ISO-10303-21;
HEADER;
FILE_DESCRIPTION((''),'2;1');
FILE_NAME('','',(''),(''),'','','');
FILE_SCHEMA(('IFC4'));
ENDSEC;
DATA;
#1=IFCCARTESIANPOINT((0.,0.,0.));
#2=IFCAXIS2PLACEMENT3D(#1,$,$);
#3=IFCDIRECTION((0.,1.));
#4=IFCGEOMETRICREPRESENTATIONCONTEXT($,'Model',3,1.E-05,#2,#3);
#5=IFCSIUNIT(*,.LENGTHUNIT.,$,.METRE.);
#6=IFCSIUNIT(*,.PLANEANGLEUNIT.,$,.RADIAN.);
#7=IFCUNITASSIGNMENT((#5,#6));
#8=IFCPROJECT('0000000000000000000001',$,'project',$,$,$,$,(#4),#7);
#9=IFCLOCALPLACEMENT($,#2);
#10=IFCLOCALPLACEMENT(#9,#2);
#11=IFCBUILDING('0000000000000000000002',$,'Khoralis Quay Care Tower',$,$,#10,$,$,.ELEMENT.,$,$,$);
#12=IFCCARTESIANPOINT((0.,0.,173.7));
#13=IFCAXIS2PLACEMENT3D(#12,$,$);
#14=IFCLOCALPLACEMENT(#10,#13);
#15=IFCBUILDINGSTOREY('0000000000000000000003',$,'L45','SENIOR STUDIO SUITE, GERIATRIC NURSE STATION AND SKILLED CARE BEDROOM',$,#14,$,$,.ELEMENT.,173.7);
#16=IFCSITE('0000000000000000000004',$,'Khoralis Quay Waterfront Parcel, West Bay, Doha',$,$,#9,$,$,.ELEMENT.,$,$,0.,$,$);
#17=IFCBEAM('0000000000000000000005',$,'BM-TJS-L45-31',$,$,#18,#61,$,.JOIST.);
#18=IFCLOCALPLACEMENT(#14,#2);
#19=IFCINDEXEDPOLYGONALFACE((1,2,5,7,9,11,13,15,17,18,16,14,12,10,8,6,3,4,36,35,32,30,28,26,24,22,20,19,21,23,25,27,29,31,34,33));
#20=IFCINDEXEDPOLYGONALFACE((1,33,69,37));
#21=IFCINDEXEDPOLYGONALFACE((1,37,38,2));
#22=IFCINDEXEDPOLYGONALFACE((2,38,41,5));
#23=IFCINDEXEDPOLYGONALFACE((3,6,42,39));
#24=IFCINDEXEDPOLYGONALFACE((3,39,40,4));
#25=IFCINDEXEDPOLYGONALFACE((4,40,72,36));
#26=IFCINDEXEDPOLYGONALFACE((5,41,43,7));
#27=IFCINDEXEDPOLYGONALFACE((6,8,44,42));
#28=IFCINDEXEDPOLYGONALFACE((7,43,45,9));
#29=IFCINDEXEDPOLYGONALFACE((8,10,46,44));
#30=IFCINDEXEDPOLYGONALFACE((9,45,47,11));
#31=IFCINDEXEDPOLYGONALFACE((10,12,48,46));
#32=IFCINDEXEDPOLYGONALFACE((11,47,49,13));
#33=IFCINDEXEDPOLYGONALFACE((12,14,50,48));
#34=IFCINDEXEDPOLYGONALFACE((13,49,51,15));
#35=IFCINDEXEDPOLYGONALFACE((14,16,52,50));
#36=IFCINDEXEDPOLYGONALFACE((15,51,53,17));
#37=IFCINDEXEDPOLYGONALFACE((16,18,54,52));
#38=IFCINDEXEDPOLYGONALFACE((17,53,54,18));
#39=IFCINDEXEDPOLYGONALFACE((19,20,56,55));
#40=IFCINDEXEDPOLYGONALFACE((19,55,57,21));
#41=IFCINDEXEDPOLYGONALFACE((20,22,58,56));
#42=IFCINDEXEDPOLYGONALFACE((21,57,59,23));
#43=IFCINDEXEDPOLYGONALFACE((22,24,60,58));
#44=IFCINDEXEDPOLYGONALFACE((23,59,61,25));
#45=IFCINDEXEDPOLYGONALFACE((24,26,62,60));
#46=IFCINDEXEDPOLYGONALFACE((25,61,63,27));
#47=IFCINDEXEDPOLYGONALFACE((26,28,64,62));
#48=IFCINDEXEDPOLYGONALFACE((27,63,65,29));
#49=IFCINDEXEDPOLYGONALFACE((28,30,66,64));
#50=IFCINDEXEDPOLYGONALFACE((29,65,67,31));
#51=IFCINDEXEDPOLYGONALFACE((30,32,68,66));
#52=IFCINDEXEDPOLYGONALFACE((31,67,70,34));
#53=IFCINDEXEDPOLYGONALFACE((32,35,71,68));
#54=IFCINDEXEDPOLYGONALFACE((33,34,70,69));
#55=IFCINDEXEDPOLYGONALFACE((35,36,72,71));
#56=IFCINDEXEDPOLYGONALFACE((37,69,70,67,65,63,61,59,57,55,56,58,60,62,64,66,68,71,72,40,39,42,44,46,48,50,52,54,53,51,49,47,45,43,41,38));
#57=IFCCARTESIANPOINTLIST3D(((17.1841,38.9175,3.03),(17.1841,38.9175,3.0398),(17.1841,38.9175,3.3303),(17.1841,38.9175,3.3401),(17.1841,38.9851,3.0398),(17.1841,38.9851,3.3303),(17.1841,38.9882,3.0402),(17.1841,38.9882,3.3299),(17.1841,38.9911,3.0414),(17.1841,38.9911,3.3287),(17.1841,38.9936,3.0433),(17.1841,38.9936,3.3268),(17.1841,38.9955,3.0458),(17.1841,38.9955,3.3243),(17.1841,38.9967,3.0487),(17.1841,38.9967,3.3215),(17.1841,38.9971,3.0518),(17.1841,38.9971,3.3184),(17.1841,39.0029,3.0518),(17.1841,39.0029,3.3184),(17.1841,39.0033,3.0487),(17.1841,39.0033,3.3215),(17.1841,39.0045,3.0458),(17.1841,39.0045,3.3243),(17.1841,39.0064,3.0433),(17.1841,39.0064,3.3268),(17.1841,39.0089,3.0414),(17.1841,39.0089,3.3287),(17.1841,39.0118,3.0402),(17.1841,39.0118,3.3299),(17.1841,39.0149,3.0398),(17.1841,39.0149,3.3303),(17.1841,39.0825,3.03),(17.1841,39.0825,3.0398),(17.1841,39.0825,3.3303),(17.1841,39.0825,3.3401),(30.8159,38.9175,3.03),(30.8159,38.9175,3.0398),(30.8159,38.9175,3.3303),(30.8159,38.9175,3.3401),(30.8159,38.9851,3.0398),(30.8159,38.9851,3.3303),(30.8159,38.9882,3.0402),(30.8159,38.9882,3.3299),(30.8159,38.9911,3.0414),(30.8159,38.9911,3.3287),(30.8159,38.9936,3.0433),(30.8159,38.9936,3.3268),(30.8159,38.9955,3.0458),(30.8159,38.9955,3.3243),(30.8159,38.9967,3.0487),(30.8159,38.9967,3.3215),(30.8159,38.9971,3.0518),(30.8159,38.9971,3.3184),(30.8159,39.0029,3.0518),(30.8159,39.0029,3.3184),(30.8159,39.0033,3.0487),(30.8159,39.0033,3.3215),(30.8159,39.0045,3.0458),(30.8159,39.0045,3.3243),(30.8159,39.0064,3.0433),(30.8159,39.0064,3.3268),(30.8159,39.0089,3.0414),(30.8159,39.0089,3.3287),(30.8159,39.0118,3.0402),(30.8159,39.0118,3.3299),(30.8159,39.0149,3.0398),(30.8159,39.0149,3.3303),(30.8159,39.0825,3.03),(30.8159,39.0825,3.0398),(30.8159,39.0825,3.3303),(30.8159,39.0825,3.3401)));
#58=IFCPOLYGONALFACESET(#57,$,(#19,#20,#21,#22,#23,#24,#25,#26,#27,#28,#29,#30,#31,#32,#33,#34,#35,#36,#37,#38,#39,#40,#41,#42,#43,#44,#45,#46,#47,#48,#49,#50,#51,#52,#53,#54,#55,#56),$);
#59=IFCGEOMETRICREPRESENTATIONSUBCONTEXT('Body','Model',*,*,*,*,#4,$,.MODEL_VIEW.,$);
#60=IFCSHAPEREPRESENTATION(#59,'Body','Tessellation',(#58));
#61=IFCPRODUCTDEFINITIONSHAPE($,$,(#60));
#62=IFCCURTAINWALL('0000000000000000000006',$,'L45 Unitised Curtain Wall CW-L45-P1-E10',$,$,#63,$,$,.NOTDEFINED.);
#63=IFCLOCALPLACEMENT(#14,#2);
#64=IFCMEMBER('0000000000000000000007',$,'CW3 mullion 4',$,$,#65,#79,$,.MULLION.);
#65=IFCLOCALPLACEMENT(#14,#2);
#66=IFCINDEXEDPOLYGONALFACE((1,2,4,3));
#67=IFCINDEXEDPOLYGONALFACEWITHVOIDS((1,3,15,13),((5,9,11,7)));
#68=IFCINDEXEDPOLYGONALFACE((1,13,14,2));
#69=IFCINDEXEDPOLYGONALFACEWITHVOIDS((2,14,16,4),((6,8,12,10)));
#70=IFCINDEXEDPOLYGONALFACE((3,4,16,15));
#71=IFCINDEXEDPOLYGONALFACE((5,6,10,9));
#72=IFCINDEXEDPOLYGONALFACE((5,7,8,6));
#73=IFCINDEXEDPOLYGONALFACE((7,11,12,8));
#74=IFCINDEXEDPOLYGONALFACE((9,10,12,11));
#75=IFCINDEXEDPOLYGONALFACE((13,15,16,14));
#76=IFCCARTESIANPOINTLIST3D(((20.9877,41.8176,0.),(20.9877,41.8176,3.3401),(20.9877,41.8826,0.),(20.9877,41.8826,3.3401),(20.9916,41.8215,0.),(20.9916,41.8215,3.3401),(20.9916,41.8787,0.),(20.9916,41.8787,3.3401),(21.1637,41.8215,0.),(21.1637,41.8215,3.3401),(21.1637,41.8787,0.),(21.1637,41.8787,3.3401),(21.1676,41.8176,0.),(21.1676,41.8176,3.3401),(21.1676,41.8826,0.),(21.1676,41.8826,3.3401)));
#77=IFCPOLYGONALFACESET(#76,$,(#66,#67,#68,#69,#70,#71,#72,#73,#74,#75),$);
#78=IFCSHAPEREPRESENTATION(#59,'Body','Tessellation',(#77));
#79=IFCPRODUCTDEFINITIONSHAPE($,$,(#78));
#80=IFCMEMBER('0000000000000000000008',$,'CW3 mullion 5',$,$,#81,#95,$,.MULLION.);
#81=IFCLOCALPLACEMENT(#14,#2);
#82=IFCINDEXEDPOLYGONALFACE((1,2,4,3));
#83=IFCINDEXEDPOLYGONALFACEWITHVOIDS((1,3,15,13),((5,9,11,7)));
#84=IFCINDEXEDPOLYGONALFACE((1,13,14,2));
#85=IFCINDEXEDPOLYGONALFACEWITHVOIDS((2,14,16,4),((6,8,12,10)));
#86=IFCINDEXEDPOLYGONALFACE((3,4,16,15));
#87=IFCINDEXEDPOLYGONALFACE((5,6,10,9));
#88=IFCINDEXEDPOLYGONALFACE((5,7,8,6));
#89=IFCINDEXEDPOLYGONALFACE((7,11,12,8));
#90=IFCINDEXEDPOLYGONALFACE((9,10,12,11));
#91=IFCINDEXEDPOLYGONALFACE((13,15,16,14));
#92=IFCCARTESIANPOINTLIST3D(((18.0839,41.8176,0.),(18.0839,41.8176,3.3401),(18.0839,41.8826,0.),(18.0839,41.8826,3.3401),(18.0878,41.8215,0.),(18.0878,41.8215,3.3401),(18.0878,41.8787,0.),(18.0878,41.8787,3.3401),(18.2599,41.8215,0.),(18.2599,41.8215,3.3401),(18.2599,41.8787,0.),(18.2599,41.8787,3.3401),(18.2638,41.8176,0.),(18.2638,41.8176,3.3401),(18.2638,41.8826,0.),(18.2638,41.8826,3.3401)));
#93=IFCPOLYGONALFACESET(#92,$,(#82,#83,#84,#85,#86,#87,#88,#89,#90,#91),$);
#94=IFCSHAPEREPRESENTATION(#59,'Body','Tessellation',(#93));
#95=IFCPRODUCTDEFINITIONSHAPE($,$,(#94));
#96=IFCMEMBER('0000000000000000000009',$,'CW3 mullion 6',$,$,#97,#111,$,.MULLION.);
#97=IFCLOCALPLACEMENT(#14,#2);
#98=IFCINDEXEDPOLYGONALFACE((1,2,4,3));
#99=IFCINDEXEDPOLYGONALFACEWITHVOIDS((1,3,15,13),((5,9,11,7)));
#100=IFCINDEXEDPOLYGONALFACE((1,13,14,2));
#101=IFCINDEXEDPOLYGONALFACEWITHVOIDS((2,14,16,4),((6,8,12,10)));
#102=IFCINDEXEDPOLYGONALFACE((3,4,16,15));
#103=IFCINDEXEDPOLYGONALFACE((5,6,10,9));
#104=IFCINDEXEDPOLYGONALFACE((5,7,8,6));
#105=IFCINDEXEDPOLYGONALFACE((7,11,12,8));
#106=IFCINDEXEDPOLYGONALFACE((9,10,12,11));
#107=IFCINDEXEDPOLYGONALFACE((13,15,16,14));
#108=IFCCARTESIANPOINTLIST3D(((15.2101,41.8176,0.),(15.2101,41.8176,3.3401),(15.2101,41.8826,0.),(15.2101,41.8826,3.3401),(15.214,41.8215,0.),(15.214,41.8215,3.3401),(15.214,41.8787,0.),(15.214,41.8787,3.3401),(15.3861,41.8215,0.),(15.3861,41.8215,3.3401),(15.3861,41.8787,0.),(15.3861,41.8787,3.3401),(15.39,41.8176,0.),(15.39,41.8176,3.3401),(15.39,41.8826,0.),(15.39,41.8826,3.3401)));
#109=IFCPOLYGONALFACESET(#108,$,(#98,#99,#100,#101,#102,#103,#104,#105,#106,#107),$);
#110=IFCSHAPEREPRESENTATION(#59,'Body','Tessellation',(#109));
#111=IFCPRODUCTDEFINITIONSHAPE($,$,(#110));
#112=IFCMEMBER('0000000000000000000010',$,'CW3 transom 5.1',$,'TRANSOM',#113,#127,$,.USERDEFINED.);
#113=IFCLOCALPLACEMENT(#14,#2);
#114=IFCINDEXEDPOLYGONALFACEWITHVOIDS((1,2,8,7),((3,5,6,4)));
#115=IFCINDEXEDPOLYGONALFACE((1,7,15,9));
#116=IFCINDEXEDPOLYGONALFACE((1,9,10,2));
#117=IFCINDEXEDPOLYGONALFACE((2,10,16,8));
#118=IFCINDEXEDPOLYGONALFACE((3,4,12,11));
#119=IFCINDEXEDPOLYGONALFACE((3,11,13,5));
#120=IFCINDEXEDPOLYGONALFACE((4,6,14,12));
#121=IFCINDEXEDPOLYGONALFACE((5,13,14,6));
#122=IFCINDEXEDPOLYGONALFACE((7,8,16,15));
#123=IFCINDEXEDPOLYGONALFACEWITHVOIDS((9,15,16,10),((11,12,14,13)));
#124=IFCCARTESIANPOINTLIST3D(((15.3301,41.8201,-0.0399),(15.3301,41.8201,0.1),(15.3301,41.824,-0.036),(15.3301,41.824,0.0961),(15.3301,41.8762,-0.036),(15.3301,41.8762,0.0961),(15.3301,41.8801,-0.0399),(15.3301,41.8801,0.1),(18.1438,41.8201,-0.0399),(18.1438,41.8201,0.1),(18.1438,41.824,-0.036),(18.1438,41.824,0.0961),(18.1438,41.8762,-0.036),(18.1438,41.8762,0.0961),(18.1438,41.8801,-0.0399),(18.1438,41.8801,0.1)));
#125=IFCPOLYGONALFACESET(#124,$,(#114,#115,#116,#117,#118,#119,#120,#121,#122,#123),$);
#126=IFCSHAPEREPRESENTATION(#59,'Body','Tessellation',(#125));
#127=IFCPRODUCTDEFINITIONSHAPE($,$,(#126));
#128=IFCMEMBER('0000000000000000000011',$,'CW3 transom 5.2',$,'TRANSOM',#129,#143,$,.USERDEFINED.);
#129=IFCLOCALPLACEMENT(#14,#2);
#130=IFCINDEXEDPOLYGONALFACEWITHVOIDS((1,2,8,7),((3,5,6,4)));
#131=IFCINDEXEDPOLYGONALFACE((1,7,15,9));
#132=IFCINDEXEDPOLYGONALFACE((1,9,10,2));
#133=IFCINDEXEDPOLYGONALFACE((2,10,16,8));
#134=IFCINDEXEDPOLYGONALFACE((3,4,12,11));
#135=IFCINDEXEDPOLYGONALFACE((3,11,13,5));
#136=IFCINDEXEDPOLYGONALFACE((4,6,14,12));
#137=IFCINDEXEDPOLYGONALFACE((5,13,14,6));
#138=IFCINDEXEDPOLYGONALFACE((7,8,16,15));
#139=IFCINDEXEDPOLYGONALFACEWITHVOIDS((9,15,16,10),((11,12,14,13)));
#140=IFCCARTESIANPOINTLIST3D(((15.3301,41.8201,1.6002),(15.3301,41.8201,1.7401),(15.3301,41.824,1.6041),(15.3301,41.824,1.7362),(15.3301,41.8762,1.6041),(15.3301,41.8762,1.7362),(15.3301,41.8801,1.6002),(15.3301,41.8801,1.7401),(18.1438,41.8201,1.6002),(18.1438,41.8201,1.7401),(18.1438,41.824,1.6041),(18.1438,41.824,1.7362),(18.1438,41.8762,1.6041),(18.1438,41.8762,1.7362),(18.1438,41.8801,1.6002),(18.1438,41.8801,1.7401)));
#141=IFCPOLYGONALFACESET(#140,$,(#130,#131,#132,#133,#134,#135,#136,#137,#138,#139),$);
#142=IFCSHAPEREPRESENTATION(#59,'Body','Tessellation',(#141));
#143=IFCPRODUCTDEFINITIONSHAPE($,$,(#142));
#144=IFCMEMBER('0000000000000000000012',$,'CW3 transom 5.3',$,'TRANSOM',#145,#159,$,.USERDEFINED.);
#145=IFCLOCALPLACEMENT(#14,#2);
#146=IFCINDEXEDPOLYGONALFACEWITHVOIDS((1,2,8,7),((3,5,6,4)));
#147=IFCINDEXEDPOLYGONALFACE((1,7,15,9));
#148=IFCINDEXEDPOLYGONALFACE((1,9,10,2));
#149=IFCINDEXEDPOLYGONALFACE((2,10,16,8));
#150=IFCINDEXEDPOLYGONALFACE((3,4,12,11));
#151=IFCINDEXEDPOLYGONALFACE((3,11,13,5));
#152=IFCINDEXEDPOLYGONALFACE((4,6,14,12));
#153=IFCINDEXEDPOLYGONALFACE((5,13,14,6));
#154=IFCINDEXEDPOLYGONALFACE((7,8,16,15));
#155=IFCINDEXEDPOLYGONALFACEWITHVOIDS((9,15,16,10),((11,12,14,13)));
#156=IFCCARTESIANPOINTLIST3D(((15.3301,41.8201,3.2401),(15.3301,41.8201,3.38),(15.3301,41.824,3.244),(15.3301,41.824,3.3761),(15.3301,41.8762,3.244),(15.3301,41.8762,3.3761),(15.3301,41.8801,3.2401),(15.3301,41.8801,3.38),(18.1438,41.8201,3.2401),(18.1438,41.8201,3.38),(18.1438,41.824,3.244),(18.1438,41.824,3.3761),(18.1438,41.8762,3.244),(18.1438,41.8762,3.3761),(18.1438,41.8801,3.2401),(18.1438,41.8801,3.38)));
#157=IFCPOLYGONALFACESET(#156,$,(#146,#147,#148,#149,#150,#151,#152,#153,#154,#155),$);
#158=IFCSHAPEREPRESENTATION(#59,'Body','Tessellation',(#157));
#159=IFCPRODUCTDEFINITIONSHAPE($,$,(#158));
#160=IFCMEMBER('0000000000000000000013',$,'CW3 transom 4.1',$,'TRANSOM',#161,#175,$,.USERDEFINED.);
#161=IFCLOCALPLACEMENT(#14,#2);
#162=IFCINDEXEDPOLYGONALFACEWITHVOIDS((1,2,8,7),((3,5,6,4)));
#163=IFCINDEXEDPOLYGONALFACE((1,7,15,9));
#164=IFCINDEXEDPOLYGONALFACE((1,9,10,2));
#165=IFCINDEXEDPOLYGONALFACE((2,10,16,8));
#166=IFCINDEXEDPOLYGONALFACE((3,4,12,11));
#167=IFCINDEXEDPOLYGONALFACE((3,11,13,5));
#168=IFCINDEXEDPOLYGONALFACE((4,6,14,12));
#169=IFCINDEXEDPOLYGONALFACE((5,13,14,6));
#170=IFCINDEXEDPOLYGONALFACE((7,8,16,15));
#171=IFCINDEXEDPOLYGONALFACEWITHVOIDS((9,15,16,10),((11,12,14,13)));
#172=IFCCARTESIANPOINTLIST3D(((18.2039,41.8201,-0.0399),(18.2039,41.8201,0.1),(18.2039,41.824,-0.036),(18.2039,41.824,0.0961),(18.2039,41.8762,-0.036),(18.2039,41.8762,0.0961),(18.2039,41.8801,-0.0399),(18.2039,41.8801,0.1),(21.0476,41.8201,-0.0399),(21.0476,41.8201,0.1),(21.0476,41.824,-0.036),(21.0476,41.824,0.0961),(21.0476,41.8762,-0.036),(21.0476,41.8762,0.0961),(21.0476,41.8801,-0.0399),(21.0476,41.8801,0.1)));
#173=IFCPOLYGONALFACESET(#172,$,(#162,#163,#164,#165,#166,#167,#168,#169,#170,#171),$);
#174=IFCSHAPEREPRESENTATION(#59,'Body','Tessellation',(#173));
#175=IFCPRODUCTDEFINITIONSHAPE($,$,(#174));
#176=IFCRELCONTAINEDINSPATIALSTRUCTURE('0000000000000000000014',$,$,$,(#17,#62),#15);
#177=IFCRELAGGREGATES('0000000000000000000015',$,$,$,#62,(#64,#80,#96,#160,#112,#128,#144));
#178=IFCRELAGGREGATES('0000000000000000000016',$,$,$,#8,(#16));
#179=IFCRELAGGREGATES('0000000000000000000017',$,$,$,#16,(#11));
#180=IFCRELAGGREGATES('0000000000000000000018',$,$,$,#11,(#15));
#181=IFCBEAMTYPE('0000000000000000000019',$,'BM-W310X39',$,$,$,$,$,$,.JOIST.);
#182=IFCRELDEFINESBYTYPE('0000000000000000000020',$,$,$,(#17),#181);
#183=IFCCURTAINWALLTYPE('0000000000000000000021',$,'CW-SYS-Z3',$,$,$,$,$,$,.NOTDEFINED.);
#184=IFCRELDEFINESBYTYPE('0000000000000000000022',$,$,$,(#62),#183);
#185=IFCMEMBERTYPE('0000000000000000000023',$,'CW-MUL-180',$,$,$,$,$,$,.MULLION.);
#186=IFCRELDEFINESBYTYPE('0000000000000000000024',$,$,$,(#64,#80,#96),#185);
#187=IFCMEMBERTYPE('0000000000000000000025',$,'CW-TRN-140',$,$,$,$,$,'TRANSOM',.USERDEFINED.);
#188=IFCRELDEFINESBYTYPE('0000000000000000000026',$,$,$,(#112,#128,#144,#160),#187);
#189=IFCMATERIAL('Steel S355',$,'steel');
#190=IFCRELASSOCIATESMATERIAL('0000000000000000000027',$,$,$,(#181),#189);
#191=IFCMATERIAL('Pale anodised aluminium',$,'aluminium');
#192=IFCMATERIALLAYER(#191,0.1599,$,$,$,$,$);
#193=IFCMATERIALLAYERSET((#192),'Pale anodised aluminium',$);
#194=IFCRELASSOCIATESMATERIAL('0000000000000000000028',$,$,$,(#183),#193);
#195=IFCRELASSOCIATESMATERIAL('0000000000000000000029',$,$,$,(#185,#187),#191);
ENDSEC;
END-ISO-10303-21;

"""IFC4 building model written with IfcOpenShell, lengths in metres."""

from ifc_helpers import new_model, si_unit, direction, frame, origin, origin_2d, place, context, subcontext, project, spatial, hollow_rectangle, i_section, extrude, source, transform, mapped, material, layer, layer_set, material_profile, profile_set, type_object, element, aggregate, save


model = new_model("IFC4")

# Units and contexts
model_context = context("Model", 3, precision=1e-05, world=origin(), true_north=direction((0.0, 1.0)))
body_context = subcontext(model_context, "Body", "Model", "MODEL_VIEW")
ifc_project = project(units=[si_unit("LENGTHUNIT", "METRE"), si_unit("PLANEANGLEUNIT", "RADIAN")], contexts=[model_context])

# Site, building, storey
site_placement = place(None, origin())
site = spatial("IfcSite", under=ifc_project, at=site_placement, Name="Khoralis Quay Waterfront Parcel, West Bay, Doha", CompositionType="ELEMENT", RefElevation=0.0)
building_placement = place(site_placement, origin())
building = spatial("IfcBuilding", under=site, at=building_placement, Name="Khoralis Quay Care Tower", CompositionType="ELEMENT")
storey_placement = place(building_placement, frame((0.0, 0.0, 173.7)))
storey = spatial("IfcBuildingStorey", under=building, at=storey_placement, Name="L45", Description="SENIOR STUDIO SUITE, GERIATRIC NURSE STATION AND SKILLED CARE BEDROOM", CompositionType="ELEMENT", Elevation=173.7)

# Beam
ifc_material_1 = material(Name="Steel S355", Category="steel")
ifc_material_profile_1 = material_profile(ifc_material_1, i_section(OverallWidth=0.165, OverallDepth=0.3101, WebThickness=0.0059, FlangeThickness=0.0098, FilletRadius=0.012, at=origin_2d()), Name="Steel S355")
ifc_profile_set_1 = profile_set([ifc_material_profile_1], Name="Steel S355")
beam_type_1 = type_object("IfcBeamType", Name="BM-W310X39", PredefinedType="JOIST", material=ifc_profile_set_1)
shared_shape_1 = source(origin(), body_context, "Body", "SweptSolid", [
    extrude(i_section(OverallWidth=0.165, OverallDepth=0.3101, WebThickness=0.0059, FlangeThickness=0.0098, FilletRadius=0.012, at=origin_2d()), origin(), (0.0, 0.0, 1.0), 13.6318),
])
for number, where, z_axis, x_axis, name in (
    (1, (17.1841, 39.0, 3.1851), (1.0, 0.0, 0.0), (0.0, 1.0, 0.0), "BM-TJS-L45-31"),
):
    element("IfcBeam", number, at=place(storey_placement, frame(where, z_axis=z_axis, x_axis=x_axis)), inside=storey, type_object=beam_type_1, Name=name, PredefinedType="JOIST", context=body_context, shape_type="MappedRepresentation", body=[
        mapped(shared_shape_1, transform((0.0, 0.0, 0.0), scale=1.0)),
    ])

# Curtain wall, members
ifc_material_2 = material(Name="Pale anodised aluminium", Category="aluminium")
ifc_layer_1 = layer(ifc_material_2, 0.1599)
ifc_layer_set_1 = layer_set([ifc_layer_1], Name="Pale anodised aluminium")
curtain_wall_type = type_object("IfcCurtainWallType", Name="CW-SYS-Z3", PredefinedType="NOTDEFINED", material=ifc_layer_set_1)
curtain_wall_placement = place(storey_placement, origin())
curtain_wall = element("IfcCurtainWall", 2, at=curtain_wall_placement, inside=storey, type_object=curtain_wall_type, Name="L45 Unitised Curtain Wall CW-L45-P1-E10", PredefinedType="NOTDEFINED")
ifc_material_profile_2 = material_profile(ifc_material_2, hollow_rectangle(XDim=0.0649, YDim=0.1799, WallThickness=0.0039, at=origin_2d()), Name="Pale anodised aluminium")
ifc_profile_set_2 = profile_set([ifc_material_profile_2], Name="Pale anodised aluminium")
member_type_1 = type_object("IfcMemberType", Name="CW-MUL-180", PredefinedType="MULLION", material=ifc_profile_set_2)
shared_shape_2 = source(origin(), body_context, "Body", "SweptSolid", [
    extrude(hollow_rectangle(XDim=0.0649, YDim=0.1799, WallThickness=0.0039, at=origin_2d()), origin(), (0.0, 0.0, 1.0), 3.3401),
])
member_1_placement = place(storey_placement, frame((21.0776, 41.8501, 0.0), z_axis=(0.0, 0.0, 1.0), x_axis=(0.0, -1.0, 0.0)))
member_1 = element("IfcMember", 3, at=member_1_placement, type_object=member_type_1, Name="CW3 mullion 4", PredefinedType="MULLION", context=body_context, shape_type="MappedRepresentation", body=[
    mapped(shared_shape_2, transform((0.0, 0.0, 0.0), scale=1.0)),
])
member_2_placement = place(storey_placement, frame((18.1738, 41.8501, 0.0), z_axis=(0.0, 0.0, 1.0), x_axis=(0.0, -1.0, 0.0)))
member_2 = element("IfcMember", 4, at=member_2_placement, type_object=member_type_1, Name="CW3 mullion 5", PredefinedType="MULLION", context=body_context, shape_type="MappedRepresentation", body=[
    mapped(shared_shape_2, transform((0.0, 0.0, 0.0), scale=1.0)),
])
member_3_placement = place(storey_placement, frame((15.3, 41.8501, 0.0), z_axis=(0.0, 0.0, 1.0), x_axis=(0.0, -1.0, 0.0)))
member_3 = element("IfcMember", 5, at=member_3_placement, type_object=member_type_1, Name="CW3 mullion 6", PredefinedType="MULLION", context=body_context, shape_type="MappedRepresentation", body=[
    mapped(shared_shape_2, transform((0.0, 0.0, 0.0), scale=1.0)),
])
ifc_material_profile_3 = material_profile(ifc_material_2, hollow_rectangle(XDim=0.0601, YDim=0.1399, WallThickness=0.0039, at=origin_2d()), Name="Pale anodised aluminium")
ifc_profile_set_3 = profile_set([ifc_material_profile_3], Name="Pale anodised aluminium")
member_type_2 = type_object("IfcMemberType", Name="CW-TRN-140", ElementType="TRANSOM", PredefinedType="USERDEFINED", material=ifc_profile_set_3)
shared_shape_3 = source(origin(), body_context, "Body", "SweptSolid", [
    extrude(hollow_rectangle(XDim=0.0601, YDim=0.1399, WallThickness=0.0039, at=origin_2d()), origin(), (0.0, 0.0, 1.0), 2.8137),
])
member_4_placement = place(storey_placement, frame((18.1438, 41.8501, 0.03), z_axis=(-1.0, 0.0, 0.0), x_axis=(0.0, -1.0, 0.0)))
member_4 = element("IfcMember", 6, at=member_4_placement, type_object=member_type_2, Name="CW3 transom 5.1", ObjectType="TRANSOM", PredefinedType="USERDEFINED", context=body_context, shape_type="MappedRepresentation", body=[
    mapped(shared_shape_3, transform((0.0, 0.0, 0.0), scale=1.0)),
])
member_5_placement = place(storey_placement, frame((18.1438, 41.8501, 1.6702), z_axis=(-1.0, 0.0, 0.0), x_axis=(0.0, -1.0, 0.0)))
member_5 = element("IfcMember", 7, at=member_5_placement, type_object=member_type_2, Name="CW3 transom 5.2", ObjectType="TRANSOM", PredefinedType="USERDEFINED", context=body_context, shape_type="MappedRepresentation", body=[
    mapped(shared_shape_3, transform((0.0, 0.0, 0.0), scale=1.0)),
])
member_6_placement = place(storey_placement, frame((18.1438, 41.8501, 3.3101), z_axis=(-1.0, 0.0, 0.0), x_axis=(0.0, -1.0, 0.0)))
member_6 = element("IfcMember", 8, at=member_6_placement, type_object=member_type_2, Name="CW3 transom 5.3", ObjectType="TRANSOM", PredefinedType="USERDEFINED", context=body_context, shape_type="MappedRepresentation", body=[
    mapped(shared_shape_3, transform((0.0, 0.0, 0.0), scale=1.0)),
])
shared_shape_4 = source(origin(), body_context, "Body", "SweptSolid", [
    extrude(hollow_rectangle(XDim=0.0601, YDim=0.1399, WallThickness=0.0039, at=origin_2d()), origin(), (0.0, 0.0, 1.0), 2.8438),
])
member_7_placement = place(storey_placement, frame((21.0476, 41.8501, 0.03), z_axis=(-1.0, 0.0, 0.0), x_axis=(0.0, -1.0, 0.0)))
member_7 = element("IfcMember", 9, at=member_7_placement, type_object=member_type_2, Name="CW3 transom 4.1", ObjectType="TRANSOM", PredefinedType="USERDEFINED", context=body_context, shape_type="MappedRepresentation", body=[
    mapped(shared_shape_4, transform((0.0, 0.0, 0.0), scale=1.0)),
])
aggregate(curtain_wall, [member_1, member_2, member_3, member_7, member_4, member_5, member_6])

save(model, "model.ifc")
